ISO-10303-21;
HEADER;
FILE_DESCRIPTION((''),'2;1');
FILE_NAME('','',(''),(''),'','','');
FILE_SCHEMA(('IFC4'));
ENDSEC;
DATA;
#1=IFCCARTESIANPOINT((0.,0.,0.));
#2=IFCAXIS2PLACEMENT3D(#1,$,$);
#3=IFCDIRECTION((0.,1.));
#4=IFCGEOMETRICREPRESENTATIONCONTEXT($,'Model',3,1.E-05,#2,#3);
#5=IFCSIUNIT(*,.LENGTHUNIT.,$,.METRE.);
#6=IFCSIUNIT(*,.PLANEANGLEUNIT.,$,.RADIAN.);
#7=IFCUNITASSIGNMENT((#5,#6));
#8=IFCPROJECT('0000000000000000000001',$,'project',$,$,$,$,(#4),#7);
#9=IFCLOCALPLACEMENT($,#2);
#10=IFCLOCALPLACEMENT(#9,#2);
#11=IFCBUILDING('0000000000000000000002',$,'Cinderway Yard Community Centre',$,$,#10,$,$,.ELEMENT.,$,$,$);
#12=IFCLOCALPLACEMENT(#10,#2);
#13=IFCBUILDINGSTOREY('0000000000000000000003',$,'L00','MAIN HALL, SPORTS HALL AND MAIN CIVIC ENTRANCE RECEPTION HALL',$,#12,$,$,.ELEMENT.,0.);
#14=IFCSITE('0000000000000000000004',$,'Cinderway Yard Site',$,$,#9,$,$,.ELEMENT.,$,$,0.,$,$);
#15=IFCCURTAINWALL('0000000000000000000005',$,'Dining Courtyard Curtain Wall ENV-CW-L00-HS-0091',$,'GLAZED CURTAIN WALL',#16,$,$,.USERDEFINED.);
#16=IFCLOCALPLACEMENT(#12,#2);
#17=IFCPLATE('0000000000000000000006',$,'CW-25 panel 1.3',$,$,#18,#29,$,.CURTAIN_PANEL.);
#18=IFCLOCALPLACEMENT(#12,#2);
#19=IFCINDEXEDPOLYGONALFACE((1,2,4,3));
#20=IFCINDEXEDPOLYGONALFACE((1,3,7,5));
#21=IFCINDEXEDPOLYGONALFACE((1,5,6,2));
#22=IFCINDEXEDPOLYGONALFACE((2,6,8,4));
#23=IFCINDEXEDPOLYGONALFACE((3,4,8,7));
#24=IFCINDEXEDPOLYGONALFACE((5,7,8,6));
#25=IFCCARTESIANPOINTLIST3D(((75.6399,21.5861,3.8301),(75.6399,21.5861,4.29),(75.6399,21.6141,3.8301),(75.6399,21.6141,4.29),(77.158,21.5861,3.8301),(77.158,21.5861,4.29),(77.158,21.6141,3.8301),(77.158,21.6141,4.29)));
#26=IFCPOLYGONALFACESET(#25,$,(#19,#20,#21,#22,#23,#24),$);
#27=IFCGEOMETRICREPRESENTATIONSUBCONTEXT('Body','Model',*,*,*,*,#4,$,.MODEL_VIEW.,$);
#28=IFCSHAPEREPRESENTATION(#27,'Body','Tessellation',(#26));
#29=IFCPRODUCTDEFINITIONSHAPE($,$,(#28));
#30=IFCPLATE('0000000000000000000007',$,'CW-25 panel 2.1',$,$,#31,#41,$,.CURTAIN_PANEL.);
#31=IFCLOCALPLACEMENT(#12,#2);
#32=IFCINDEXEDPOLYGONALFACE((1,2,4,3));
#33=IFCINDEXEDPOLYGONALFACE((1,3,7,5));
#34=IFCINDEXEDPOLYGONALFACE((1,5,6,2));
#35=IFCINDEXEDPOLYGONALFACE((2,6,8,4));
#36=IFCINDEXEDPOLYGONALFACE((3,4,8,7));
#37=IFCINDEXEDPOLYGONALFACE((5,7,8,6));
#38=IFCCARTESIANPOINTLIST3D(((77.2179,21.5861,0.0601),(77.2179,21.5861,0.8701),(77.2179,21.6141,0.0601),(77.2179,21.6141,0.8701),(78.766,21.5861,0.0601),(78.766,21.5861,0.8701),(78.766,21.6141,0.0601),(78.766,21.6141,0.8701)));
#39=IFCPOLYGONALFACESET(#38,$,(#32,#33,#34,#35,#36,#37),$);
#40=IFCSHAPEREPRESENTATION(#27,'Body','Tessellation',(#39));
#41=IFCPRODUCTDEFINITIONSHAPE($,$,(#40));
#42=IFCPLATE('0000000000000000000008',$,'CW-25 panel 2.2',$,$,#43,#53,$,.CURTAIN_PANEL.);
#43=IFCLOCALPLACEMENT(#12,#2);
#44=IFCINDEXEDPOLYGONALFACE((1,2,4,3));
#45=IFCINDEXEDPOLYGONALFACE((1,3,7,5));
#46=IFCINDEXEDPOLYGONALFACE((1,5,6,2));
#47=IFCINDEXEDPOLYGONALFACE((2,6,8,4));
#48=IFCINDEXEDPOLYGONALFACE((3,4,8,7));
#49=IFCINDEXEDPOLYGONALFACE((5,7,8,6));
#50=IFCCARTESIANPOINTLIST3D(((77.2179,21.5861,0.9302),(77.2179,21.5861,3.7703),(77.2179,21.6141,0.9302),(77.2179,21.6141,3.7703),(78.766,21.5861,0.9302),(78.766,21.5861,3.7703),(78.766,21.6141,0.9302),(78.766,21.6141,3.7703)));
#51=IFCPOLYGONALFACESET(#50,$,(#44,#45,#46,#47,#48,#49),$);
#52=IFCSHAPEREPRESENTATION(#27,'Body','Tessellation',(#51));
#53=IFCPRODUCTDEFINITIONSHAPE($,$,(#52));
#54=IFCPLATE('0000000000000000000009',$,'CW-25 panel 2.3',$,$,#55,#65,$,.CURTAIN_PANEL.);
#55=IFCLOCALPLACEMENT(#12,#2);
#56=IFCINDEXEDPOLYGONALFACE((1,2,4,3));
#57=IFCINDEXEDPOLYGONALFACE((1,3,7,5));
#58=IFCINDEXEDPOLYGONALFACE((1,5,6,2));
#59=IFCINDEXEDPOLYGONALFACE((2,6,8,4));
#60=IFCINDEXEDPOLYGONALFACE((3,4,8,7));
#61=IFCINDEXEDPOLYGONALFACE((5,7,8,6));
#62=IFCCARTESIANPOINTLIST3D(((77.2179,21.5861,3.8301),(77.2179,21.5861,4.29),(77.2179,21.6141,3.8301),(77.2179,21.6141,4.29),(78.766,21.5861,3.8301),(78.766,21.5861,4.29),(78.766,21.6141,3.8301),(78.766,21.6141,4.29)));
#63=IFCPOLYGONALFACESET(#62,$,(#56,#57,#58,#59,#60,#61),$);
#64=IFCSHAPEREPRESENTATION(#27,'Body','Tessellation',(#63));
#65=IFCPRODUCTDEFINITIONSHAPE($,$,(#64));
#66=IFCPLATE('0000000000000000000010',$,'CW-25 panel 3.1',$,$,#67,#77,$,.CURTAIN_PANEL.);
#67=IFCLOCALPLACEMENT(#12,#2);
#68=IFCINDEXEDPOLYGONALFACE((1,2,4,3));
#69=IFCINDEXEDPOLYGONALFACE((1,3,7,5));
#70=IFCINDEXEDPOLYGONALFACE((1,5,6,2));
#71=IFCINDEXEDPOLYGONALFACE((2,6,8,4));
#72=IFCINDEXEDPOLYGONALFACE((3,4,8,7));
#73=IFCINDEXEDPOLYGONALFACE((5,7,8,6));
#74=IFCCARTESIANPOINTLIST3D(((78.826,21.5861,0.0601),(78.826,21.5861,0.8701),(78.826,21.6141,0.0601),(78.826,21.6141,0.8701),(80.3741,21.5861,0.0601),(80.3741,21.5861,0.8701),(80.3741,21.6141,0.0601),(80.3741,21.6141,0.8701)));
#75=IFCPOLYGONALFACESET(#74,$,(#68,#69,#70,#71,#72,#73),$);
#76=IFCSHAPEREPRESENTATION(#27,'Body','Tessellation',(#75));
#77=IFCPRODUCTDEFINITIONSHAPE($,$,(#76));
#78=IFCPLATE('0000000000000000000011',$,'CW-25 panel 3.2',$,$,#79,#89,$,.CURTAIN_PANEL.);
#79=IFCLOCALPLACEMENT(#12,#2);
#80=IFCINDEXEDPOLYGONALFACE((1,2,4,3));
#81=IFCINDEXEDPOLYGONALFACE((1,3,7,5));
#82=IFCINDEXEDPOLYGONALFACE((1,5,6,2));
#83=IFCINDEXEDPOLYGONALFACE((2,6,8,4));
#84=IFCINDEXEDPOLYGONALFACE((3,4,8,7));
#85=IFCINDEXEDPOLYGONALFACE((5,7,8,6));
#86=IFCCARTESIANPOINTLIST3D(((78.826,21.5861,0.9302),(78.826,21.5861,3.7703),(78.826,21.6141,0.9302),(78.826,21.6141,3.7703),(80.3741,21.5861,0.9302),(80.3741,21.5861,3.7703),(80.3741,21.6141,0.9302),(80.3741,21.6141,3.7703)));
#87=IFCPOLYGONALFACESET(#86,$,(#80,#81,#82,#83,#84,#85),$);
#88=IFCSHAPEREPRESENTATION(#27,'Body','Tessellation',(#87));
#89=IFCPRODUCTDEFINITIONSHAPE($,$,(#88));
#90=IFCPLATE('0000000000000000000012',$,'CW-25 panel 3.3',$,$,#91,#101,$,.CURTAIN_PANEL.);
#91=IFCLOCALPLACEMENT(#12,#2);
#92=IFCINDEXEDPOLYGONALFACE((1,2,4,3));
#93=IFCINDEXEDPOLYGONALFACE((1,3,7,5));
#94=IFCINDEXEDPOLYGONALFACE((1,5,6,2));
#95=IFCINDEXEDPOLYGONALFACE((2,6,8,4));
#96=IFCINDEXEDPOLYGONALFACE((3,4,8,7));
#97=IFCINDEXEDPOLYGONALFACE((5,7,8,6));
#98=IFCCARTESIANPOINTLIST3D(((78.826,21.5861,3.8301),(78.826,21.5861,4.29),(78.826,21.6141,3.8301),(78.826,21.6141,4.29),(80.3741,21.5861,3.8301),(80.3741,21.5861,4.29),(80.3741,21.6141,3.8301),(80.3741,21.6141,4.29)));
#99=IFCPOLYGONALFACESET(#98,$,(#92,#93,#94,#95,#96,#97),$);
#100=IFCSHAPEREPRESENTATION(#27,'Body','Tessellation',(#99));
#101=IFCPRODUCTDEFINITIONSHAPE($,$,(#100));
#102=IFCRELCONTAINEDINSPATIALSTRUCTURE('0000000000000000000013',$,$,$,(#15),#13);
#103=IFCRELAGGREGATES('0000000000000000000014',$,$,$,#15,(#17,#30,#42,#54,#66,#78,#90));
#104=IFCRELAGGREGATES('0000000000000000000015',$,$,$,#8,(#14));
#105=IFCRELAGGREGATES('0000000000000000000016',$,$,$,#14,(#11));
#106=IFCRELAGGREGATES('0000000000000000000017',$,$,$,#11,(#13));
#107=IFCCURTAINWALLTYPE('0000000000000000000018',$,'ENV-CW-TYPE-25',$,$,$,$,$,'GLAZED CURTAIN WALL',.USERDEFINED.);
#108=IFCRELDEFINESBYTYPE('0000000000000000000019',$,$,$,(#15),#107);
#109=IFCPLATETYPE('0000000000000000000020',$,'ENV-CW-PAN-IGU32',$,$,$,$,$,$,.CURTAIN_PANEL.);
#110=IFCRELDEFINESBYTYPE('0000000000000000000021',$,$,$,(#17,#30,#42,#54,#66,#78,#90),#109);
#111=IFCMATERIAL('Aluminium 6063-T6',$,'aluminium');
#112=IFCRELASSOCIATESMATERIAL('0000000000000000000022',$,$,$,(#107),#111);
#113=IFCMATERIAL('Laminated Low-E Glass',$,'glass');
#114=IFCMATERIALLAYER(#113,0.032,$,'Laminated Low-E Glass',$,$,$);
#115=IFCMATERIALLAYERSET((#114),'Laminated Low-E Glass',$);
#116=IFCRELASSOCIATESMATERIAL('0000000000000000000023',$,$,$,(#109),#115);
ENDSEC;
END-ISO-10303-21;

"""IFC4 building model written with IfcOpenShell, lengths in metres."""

from ifc_helpers import new_model, si_unit, direction, frame, origin, origin_2d, place, context, subcontext, project, spatial, rectangle, extrude, material, layer, layer_set, type_object, element, aggregate, save


model = new_model("IFC4")

# Units and contexts
model_context = context("Model", 3, precision=1e-05, world=origin(), true_north=direction((0.0, 1.0)))
body_context = subcontext(model_context, "Body", "Model", "MODEL_VIEW")
ifc_project = project(units=[si_unit("LENGTHUNIT", "METRE"), si_unit("PLANEANGLEUNIT", "RADIAN")], contexts=[model_context])

# Site, building, storey
site_placement = place(None, origin())
site = spatial("IfcSite", under=ifc_project, at=site_placement, Name="Cinderway Yard Site", CompositionType="ELEMENT", RefElevation=0.0)
building_placement = place(site_placement, origin())
building = spatial("IfcBuilding", under=site, at=building_placement, Name="Cinderway Yard Community Centre", CompositionType="ELEMENT")
storey_placement = place(building_placement, origin())
storey = spatial("IfcBuildingStorey", under=building, at=storey_placement, Name="L00", Description="MAIN HALL, SPORTS HALL AND MAIN CIVIC ENTRANCE RECEPTION HALL", CompositionType="ELEMENT", Elevation=0.0)

# Curtain wall, plates
ifc_material_1 = material(Name="Aluminium 6063-T6", Category="aluminium")
curtain_wall_type = type_object("IfcCurtainWallType", Name="ENV-CW-TYPE-25", ElementType="GLAZED CURTAIN WALL", PredefinedType="USERDEFINED", material=ifc_material_1)
curtain_wall_placement = place(storey_placement, origin())
curtain_wall = element("IfcCurtainWall", 1, at=curtain_wall_placement, inside=storey, type_object=curtain_wall_type, Name="Dining Courtyard Curtain Wall ENV-CW-L00-HS-0091", ObjectType="GLAZED CURTAIN WALL", PredefinedType="USERDEFINED")
ifc_material_2 = material(Name="Laminated Low-E Glass", Category="glass")
ifc_layer = layer(ifc_material_2, 0.032, Name="Laminated Low-E Glass")
ifc_layer_set = layer_set([ifc_layer], Name="Laminated Low-E Glass")
plate_type = type_object("IfcPlateType", Name="ENV-CW-PAN-IGU32", PredefinedType="CURTAIN_PANEL", material=ifc_layer_set)
plate_1_placement = place(storey_placement, frame((76.3989, 21.6001, 3.8301), z_axis=(0.0, 0.0, 1.0), x_axis=(1.0, 0.0, 0.0)))
plate_1 = element("IfcPlate", 2, at=plate_1_placement, type_object=plate_type, Name="CW-25 panel 1.3", PredefinedType="CURTAIN_PANEL", context=body_context, shape_type="SweptSolid", body=[
    extrude(rectangle(XDim=1.5181, YDim=0.0281, at=origin_2d()), origin(), (0.0, 0.0, 1.0), 0.46),
])
plate_2_placement = place(storey_placement, frame((77.9919, 21.6001, 0.0601), z_axis=(0.0, 0.0, 1.0), x_axis=(1.0, 0.0, 0.0)))
plate_2 = element("IfcPlate", 3, at=plate_2_placement, type_object=plate_type, Name="CW-25 panel 2.1", PredefinedType="CURTAIN_PANEL", context=body_context, shape_type="SweptSolid", body=[
    extrude(rectangle(XDim=1.5481, YDim=0.0281, at=origin_2d()), origin(), (0.0, 0.0, 1.0), 0.8101),
])
plate_3_placement = place(storey_placement, frame((77.9919, 21.6001, 0.9302), z_axis=(0.0, 0.0, 1.0), x_axis=(1.0, 0.0, 0.0)))
plate_3 = element("IfcPlate", 4, at=plate_3_placement, type_object=plate_type, Name="CW-25 panel 2.2", PredefinedType="CURTAIN_PANEL", context=body_context, shape_type="SweptSolid", body=[
    extrude(rectangle(XDim=1.5481, YDim=0.0281, at=origin_2d()), origin(), (0.0, 0.0, 1.0), 2.8401),
])
plate_4_placement = place(storey_placement, frame((77.9919, 21.6001, 3.8301), z_axis=(0.0, 0.0, 1.0), x_axis=(1.0, 0.0, 0.0)))
plate_4 = element("IfcPlate", 5, at=plate_4_placement, type_object=plate_type, Name="CW-25 panel 2.3", PredefinedType="CURTAIN_PANEL", context=body_context, shape_type="SweptSolid", body=[
    extrude(rectangle(XDim=1.5481, YDim=0.0281, at=origin_2d()), origin(), (0.0, 0.0, 1.0), 0.46),
])
plate_5_placement = place(storey_placement, frame((79.6001, 21.6001, 0.0601), z_axis=(0.0, 0.0, 1.0), x_axis=(1.0, 0.0, 0.0)))
plate_5 = element("IfcPlate", 6, at=plate_5_placement, type_object=plate_type, Name="CW-25 panel 3.1", PredefinedType="CURTAIN_PANEL", context=body_context, shape_type="SweptSolid", body=[
    extrude(rectangle(XDim=1.5481, YDim=0.0281, at=origin_2d()), origin(), (0.0, 0.0, 1.0), 0.8101),
])
plate_6_placement = place(storey_placement, frame((79.6001, 21.6001, 0.9302), z_axis=(0.0, 0.0, 1.0), x_axis=(1.0, 0.0, 0.0)))
plate_6 = element("IfcPlate", 7, at=plate_6_placement, type_object=plate_type, Name="CW-25 panel 3.2", PredefinedType="CURTAIN_PANEL", context=body_context, shape_type="SweptSolid", body=[
    extrude(rectangle(XDim=1.5481, YDim=0.0281, at=origin_2d()), origin(), (0.0, 0.0, 1.0), 2.8401),
])
plate_7_placement = place(storey_placement, frame((79.6001, 21.6001, 3.8301), z_axis=(0.0, 0.0, 1.0), x_axis=(1.0, 0.0, 0.0)))
plate_7 = element("IfcPlate", 8, at=plate_7_placement, type_object=plate_type, Name="CW-25 panel 3.3", PredefinedType="CURTAIN_PANEL", context=body_context, shape_type="SweptSolid", body=[
    extrude(rectangle(XDim=1.5481, YDim=0.0281, at=origin_2d()), origin(), (0.0, 0.0, 1.0), 0.46),
])
aggregate(curtain_wall, [plate_1, plate_2, plate_3, plate_4, plate_5, plate_6, plate_7])

save(model, "model.ifc")
